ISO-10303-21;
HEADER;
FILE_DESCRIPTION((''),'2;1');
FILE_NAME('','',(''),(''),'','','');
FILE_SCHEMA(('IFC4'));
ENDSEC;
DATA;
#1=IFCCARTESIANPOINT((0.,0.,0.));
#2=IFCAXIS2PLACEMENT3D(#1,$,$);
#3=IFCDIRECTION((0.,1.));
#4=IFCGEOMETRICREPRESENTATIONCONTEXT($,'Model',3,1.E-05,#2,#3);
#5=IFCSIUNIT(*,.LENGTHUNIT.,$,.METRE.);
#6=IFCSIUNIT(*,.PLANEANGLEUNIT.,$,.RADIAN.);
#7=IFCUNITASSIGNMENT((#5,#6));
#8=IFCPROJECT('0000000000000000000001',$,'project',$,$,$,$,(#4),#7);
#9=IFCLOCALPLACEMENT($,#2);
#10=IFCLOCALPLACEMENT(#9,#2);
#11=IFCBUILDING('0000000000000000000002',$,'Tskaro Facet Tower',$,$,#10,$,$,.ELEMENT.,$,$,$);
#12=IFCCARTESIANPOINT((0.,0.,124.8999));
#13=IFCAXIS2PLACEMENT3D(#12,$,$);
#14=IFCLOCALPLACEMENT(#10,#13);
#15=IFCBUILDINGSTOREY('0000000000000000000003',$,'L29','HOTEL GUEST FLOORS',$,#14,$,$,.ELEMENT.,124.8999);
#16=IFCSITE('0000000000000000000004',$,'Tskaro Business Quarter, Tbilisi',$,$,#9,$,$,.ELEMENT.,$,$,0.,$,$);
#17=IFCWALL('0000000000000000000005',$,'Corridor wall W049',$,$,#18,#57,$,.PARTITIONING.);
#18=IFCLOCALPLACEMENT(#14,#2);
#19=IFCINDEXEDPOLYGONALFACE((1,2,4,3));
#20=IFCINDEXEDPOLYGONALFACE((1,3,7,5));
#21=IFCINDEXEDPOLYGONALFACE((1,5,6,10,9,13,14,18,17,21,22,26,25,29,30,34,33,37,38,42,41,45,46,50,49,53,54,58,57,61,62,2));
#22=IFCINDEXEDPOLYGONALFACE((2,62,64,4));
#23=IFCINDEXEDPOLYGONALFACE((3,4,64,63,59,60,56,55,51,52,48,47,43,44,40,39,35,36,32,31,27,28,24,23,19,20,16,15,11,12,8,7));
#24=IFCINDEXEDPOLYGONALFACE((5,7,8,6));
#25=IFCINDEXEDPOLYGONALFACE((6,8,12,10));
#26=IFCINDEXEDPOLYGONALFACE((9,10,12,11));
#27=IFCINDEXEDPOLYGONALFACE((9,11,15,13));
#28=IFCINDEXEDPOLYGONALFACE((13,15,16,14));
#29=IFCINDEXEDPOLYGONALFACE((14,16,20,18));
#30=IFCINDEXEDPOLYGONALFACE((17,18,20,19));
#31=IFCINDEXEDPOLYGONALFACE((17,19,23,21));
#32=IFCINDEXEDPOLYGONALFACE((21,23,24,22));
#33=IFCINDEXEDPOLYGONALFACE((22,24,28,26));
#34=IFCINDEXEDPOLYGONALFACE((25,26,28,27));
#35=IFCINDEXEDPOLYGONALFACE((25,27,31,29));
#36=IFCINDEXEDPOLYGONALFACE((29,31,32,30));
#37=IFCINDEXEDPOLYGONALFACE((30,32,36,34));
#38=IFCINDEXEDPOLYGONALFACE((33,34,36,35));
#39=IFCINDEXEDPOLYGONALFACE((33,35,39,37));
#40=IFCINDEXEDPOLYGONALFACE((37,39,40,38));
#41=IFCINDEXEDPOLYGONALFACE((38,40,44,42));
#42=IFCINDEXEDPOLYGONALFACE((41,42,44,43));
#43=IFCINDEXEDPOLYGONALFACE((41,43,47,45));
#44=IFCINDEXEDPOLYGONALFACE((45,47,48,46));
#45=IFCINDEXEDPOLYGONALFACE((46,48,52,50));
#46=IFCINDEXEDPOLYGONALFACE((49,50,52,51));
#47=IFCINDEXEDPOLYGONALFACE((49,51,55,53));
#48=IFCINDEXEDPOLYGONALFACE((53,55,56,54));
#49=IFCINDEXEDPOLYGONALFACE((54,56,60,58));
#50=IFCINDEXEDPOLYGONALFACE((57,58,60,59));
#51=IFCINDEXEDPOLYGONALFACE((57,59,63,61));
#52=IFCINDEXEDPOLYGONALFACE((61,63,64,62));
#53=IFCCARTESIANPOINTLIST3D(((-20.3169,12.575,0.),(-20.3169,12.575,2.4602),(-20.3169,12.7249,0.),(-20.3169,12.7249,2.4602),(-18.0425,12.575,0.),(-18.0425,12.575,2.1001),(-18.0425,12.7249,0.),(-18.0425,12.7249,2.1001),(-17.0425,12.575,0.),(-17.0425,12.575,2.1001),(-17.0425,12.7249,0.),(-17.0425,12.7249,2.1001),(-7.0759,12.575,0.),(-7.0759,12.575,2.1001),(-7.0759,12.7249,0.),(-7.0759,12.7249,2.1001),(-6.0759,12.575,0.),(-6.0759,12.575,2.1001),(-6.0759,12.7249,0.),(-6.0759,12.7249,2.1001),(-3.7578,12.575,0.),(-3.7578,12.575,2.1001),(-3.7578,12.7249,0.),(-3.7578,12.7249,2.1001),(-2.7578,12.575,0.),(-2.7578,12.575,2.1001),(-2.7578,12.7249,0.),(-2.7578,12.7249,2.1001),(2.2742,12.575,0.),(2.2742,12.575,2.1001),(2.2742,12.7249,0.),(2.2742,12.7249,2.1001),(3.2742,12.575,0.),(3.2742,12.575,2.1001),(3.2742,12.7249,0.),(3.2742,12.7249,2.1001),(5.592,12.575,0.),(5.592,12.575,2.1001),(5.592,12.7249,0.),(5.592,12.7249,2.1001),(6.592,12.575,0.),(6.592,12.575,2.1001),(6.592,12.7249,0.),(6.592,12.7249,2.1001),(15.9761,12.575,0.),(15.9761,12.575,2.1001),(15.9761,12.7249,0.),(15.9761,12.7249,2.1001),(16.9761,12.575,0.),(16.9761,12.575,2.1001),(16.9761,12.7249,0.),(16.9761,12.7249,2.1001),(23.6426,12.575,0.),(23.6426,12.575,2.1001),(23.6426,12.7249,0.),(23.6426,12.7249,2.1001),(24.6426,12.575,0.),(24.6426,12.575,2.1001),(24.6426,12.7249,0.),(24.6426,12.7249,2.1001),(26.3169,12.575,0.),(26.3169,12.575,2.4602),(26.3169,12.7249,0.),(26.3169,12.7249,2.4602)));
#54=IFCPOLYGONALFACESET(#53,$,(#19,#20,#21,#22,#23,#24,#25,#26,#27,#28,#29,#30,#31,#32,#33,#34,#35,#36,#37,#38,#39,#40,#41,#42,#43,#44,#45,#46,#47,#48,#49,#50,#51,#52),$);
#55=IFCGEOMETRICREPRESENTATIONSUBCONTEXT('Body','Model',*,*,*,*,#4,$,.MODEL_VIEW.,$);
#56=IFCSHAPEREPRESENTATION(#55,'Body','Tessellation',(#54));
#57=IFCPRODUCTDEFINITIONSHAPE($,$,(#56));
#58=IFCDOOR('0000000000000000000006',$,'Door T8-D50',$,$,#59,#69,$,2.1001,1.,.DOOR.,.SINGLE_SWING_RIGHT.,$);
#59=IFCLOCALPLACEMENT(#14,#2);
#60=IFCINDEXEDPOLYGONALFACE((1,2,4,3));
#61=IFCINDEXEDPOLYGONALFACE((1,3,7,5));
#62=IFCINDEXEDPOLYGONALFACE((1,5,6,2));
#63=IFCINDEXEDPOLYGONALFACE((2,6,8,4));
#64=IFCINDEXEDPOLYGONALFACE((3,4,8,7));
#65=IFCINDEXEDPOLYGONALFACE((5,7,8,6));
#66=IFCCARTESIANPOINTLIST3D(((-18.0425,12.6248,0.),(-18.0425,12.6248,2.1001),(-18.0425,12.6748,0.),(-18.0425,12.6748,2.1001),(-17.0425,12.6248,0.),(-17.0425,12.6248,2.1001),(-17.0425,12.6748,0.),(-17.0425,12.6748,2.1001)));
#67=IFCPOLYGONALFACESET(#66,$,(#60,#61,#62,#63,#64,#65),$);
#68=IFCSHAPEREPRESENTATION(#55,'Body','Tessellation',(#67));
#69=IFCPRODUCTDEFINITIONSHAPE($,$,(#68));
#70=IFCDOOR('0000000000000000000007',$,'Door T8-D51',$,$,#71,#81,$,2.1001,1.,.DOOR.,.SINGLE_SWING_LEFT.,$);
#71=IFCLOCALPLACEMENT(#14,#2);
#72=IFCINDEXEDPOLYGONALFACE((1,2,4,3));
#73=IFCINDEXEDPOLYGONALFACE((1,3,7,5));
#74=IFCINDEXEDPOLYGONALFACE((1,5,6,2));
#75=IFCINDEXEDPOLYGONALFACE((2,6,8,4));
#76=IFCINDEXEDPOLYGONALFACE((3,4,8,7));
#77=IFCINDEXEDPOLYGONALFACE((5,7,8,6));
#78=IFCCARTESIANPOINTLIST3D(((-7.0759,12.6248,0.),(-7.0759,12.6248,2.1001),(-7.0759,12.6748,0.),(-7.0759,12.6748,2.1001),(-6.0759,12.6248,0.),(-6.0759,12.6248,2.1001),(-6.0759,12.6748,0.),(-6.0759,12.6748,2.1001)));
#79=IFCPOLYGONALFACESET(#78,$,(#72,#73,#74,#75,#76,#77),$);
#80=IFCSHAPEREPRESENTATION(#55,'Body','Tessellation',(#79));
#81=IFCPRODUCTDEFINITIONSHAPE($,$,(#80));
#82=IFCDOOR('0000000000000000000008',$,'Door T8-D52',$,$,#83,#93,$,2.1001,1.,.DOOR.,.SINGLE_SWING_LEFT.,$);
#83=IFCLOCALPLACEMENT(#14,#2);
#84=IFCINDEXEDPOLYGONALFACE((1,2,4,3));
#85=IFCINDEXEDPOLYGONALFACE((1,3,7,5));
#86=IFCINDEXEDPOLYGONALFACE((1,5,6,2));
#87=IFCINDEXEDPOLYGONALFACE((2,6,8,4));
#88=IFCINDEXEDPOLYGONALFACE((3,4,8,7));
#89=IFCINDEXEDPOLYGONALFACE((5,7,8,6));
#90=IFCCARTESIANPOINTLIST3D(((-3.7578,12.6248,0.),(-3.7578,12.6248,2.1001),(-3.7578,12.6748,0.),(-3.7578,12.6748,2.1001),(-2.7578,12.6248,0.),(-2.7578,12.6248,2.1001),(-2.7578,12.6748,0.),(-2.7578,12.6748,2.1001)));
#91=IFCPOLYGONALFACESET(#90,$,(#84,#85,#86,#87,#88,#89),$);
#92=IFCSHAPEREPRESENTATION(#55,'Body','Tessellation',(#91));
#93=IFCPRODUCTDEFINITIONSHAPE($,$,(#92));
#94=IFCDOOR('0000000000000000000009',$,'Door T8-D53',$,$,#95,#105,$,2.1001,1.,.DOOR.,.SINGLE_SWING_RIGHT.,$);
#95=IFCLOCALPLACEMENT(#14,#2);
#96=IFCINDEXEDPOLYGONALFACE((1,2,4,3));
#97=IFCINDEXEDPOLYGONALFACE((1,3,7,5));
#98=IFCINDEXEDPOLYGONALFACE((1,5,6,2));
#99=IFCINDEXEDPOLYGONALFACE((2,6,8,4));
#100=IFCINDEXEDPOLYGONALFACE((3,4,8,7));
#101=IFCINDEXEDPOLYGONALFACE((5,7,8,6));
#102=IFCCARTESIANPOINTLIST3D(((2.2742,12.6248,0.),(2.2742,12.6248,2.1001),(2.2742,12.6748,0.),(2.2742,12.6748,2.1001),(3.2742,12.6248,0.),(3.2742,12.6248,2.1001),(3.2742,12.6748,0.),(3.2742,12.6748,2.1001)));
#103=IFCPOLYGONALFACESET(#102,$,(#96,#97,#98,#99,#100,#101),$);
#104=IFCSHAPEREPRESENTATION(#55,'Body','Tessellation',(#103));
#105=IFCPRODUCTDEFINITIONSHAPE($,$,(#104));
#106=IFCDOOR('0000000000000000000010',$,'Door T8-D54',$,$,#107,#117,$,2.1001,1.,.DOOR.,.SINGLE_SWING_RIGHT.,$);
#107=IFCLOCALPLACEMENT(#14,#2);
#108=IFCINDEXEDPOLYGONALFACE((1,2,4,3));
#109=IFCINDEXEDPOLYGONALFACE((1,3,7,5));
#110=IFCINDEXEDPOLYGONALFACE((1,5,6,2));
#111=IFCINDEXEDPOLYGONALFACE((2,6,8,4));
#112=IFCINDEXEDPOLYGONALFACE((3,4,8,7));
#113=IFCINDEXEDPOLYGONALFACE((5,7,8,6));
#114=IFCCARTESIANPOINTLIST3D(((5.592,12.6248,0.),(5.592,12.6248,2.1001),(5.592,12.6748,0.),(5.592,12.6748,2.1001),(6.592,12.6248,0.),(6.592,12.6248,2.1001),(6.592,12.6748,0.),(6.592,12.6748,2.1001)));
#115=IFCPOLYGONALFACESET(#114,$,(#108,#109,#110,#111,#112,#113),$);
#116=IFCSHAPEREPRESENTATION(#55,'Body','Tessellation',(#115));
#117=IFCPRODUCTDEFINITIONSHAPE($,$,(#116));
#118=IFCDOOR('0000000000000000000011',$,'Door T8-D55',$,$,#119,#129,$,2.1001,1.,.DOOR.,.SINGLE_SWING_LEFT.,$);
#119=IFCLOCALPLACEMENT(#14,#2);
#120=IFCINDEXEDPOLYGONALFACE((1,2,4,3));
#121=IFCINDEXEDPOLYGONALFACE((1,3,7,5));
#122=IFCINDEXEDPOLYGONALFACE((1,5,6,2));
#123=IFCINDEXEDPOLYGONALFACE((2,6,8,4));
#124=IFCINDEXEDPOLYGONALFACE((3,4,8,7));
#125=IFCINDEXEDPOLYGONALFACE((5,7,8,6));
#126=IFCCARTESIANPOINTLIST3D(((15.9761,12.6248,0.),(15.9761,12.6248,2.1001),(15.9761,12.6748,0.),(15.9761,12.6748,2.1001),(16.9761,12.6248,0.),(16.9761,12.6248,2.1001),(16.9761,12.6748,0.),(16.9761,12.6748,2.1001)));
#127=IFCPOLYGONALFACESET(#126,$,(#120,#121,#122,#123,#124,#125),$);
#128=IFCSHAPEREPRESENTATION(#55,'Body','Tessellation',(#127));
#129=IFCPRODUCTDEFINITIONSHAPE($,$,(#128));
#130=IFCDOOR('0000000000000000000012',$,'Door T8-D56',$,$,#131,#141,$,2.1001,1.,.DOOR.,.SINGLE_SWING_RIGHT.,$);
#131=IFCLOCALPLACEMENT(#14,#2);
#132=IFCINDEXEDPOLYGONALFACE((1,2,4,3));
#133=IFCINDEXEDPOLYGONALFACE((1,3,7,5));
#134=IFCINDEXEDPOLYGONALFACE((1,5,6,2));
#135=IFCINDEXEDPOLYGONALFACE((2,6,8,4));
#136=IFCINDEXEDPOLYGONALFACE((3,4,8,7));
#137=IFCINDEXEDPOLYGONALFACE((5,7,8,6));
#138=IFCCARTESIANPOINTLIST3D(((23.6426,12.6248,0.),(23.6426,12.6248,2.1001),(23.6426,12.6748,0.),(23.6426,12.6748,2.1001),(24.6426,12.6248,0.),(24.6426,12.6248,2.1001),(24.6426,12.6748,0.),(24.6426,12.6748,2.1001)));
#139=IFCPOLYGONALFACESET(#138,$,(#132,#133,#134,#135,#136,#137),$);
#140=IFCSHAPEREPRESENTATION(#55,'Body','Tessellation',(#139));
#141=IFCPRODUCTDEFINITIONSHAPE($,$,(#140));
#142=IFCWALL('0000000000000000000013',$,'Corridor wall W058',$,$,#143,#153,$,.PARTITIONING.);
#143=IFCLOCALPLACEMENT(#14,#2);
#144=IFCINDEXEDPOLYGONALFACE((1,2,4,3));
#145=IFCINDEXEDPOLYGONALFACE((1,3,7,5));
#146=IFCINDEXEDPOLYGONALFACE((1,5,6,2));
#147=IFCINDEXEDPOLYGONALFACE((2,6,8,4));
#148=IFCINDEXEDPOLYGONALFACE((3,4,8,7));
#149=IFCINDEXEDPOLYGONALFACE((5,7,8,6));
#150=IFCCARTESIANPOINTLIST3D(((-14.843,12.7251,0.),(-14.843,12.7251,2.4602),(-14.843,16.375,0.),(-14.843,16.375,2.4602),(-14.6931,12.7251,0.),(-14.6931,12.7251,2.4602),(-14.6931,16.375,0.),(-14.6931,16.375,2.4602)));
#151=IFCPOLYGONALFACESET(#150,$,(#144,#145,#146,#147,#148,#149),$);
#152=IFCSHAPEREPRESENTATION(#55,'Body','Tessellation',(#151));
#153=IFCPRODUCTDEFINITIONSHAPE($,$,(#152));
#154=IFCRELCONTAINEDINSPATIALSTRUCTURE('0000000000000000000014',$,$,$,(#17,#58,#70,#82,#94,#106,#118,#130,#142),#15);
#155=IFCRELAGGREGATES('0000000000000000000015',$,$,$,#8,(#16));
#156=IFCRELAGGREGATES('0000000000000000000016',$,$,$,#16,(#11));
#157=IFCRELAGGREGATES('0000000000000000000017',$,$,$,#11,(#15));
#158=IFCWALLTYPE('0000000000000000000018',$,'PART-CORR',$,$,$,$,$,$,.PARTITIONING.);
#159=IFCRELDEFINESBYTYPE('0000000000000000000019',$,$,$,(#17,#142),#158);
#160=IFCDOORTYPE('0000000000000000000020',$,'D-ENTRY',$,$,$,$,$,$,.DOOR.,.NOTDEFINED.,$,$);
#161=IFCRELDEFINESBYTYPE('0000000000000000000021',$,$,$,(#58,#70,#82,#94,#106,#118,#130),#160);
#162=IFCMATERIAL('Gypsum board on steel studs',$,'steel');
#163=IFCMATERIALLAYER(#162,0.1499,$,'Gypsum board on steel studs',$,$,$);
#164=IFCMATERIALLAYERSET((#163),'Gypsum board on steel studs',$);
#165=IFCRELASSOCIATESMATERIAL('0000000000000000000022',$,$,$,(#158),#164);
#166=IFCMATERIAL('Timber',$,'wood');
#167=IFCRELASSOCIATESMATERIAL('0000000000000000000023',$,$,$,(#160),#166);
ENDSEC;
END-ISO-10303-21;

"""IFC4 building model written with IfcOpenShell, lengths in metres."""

from ifc_helpers import new_model, si_unit, direction, frame, frame_2d, origin, place, context, subcontext, project, spatial, rectangle, extrude, material, layer, layer_set, type_object, element, fill, save


model = new_model("IFC4")

# Units and contexts
model_context = context("Model", 3, precision=1e-05, world=origin(), true_north=direction((0.0, 1.0)))
body_context = subcontext(model_context, "Body", "Model", "MODEL_VIEW")
ifc_project = project(units=[si_unit("LENGTHUNIT", "METRE"), si_unit("PLANEANGLEUNIT", "RADIAN")], contexts=[model_context])

# Site, building, storey
site_placement = place(None, origin())
site = spatial("IfcSite", under=ifc_project, at=site_placement, Name="Tskaro Business Quarter, Tbilisi", CompositionType="ELEMENT", RefElevation=0.0)
building_placement = place(site_placement, origin())
building = spatial("IfcBuilding", under=site, at=building_placement, Name="Tskaro Facet Tower", CompositionType="ELEMENT")
storey_placement = place(building_placement, frame((0.0, 0.0, 124.8999)))
storey = spatial("IfcBuildingStorey", under=building, at=storey_placement, Name="L29", Description="HOTEL GUEST FLOORS", CompositionType="ELEMENT", Elevation=124.8999)

# Shared definitions
ifc_material_1 = material(Name="Gypsum board on steel studs", Category="steel")
ifc_layer_1 = layer(ifc_material_1, 0.1499, Name="Gypsum board on steel studs")
ifc_layer_set_1 = layer_set([ifc_layer_1], Name="Gypsum board on steel studs")
wall_type = type_object("IfcWallType", Name="PART-CORR", PredefinedType="PARTITIONING", material=ifc_layer_set_1)
ifc_material_2 = material(Name="Timber", Category="wood")

# Wall, openings, doors
wall_1_placement = place(storey_placement, frame((-20.3169, 12.6499, 0.0), z_axis=(0.0, 0.0, 1.0), x_axis=(1.0, 0.0, 0.0)))
wall_1 = element("IfcWall", 1, at=wall_1_placement, inside=storey, type_object=wall_type, Name="Corridor wall W049", PredefinedType="PARTITIONING", context=body_context, shape_type="SweptSolid", body=[
    extrude(rectangle(XDim=46.6338, YDim=0.1499, at=frame_2d((23.3169, 0.0))), origin(), (0.0, 0.0, 1.0), 2.4602),
])
opening_1_placement = place(wall_1_placement, frame((2.2744, 0.0, 0.0)))
opening_1 = element("IfcOpeningElement", 2, at=opening_1_placement, cuts=wall_1, PredefinedType="OPENING", context=body_context, shape_type="SweptSolid", body=[
    extrude(rectangle(XDim=1.0, YDim=2.1001, at=frame_2d((0.5, 1.05))), frame((0.0, 0.085, 0.0), z_axis=(0.0, -1.0, 0.0), x_axis=(1.0, 0.0, 0.0)), (0.0, 0.0, 1.0), 0.1699),
])
opening_2_placement = place(wall_1_placement, frame((13.241, 0.0, 0.0)))
opening_2 = element("IfcOpeningElement", 3, at=opening_2_placement, cuts=wall_1, PredefinedType="OPENING", context=body_context, shape_type="SweptSolid", body=[
    extrude(rectangle(XDim=1.0, YDim=2.1001, at=frame_2d((0.5, 1.05))), frame((0.0, 0.085, 0.0), z_axis=(0.0, -1.0, 0.0), x_axis=(1.0, 0.0, 0.0)), (0.0, 0.0, 1.0), 0.1699),
])
opening_3_placement = place(wall_1_placement, frame((16.5591, 0.0, 0.0)))
opening_3 = element("IfcOpeningElement", 4, at=opening_3_placement, cuts=wall_1, PredefinedType="OPENING", context=body_context, shape_type="SweptSolid", body=[
    extrude(rectangle(XDim=1.0, YDim=2.1001, at=frame_2d((0.5, 1.05))), frame((0.0, 0.085, 0.0), z_axis=(0.0, -1.0, 0.0), x_axis=(1.0, 0.0, 0.0)), (0.0, 0.0, 1.0), 0.1699),
])
opening_4_placement = place(wall_1_placement, frame((22.5911, 0.0, 0.0)))
opening_4 = element("IfcOpeningElement", 5, at=opening_4_placement, cuts=wall_1, PredefinedType="OPENING", context=body_context, shape_type="SweptSolid", body=[
    extrude(rectangle(XDim=1.0, YDim=2.1001, at=frame_2d((0.5, 1.05))), frame((0.0, 0.085, 0.0), z_axis=(0.0, -1.0, 0.0), x_axis=(1.0, 0.0, 0.0)), (0.0, 0.0, 1.0), 0.1699),
])
opening_5_placement = place(wall_1_placement, frame((25.9089, 0.0, 0.0)))
opening_5 = element("IfcOpeningElement", 6, at=opening_5_placement, cuts=wall_1, PredefinedType="OPENING", context=body_context, shape_type="SweptSolid", body=[
    extrude(rectangle(XDim=1.0, YDim=2.1001, at=frame_2d((0.5, 1.05))), frame((0.0, 0.085, 0.0), z_axis=(0.0, -1.0, 0.0), x_axis=(1.0, 0.0, 0.0)), (0.0, 0.0, 1.0), 0.1699),
])
opening_6_placement = place(wall_1_placement, frame((36.293, 0.0, 0.0)))
opening_6 = element("IfcOpeningElement", 7, at=opening_6_placement, cuts=wall_1, PredefinedType="OPENING", context=body_context, shape_type="SweptSolid", body=[
    extrude(rectangle(XDim=1.0, YDim=2.1001, at=frame_2d((0.5, 1.05))), frame((0.0, 0.085, 0.0), z_axis=(0.0, -1.0, 0.0), x_axis=(1.0, 0.0, 0.0)), (0.0, 0.0, 1.0), 0.1699),
])
opening_7_placement = place(wall_1_placement, frame((43.9595, 0.0, 0.0)))
opening_7 = element("IfcOpeningElement", 8, at=opening_7_placement, cuts=wall_1, PredefinedType="OPENING", context=body_context, shape_type="SweptSolid", body=[
    extrude(rectangle(XDim=1.0, YDim=2.1001, at=frame_2d((0.5, 1.05))), frame((0.0, 0.085, 0.0), z_axis=(0.0, -1.0, 0.0), x_axis=(1.0, 0.0, 0.0)), (0.0, 0.0, 1.0), 0.1699),
])
door_type_1 = type_object("IfcDoorType", Name="D-ENTRY", OperationType="NOTDEFINED", PredefinedType="DOOR", material=ifc_material_2)
door_1_placement = place(opening_1_placement, origin())
door_1 = element("IfcDoor", 9, at=door_1_placement, inside=storey, type_object=door_type_1, Name="Door T8-D50", OperationType="SINGLE_SWING_RIGHT", OverallHeight=2.1001, OverallWidth=1.0, PredefinedType="DOOR", context=body_context, shape_type="SweptSolid", body=[
    extrude(rectangle(XDim=1.0, YDim=2.1001, at=frame_2d((0.5, 1.05))), frame((0.0, 0.0249, 0.0), z_axis=(0.0, -1.0, 0.0), x_axis=(1.0, 0.0, 0.0)), (0.0, 0.0, 1.0), 0.05),
])
fill(opening_1, door_1)
door_2_placement = place(opening_2_placement, origin())
door_2 = element("IfcDoor", 10, at=door_2_placement, inside=storey, type_object=door_type_1, Name="Door T8-D51", OperationType="SINGLE_SWING_LEFT", OverallHeight=2.1001, OverallWidth=1.0, PredefinedType="DOOR", context=body_context, shape_type="SweptSolid", body=[
    extrude(rectangle(XDim=1.0, YDim=2.1001, at=frame_2d((0.5, 1.05))), frame((0.0, 0.0249, 0.0), z_axis=(0.0, -1.0, 0.0), x_axis=(1.0, 0.0, 0.0)), (0.0, 0.0, 1.0), 0.05),
])
fill(opening_2, door_2)
door_3_placement = place(opening_3_placement, origin())
door_3 = element("IfcDoor", 11, at=door_3_placement, inside=storey, type_object=door_type_1, Name="Door T8-D52", OperationType="SINGLE_SWING_LEFT", OverallHeight=2.1001, OverallWidth=1.0, PredefinedType="DOOR", context=body_context, shape_type="SweptSolid", body=[
    extrude(rectangle(XDim=1.0, YDim=2.1001, at=frame_2d((0.5, 1.05))), frame((0.0, 0.0249, 0.0), z_axis=(0.0, -1.0, 0.0), x_axis=(1.0, 0.0, 0.0)), (0.0, 0.0, 1.0), 0.05),
])
fill(opening_3, door_3)
door_4_placement = place(opening_4_placement, origin())
door_4 = element("IfcDoor", 12, at=door_4_placement, inside=storey, type_object=door_type_1, Name="Door T8-D53", OperationType="SINGLE_SWING_RIGHT", OverallHeight=2.1001, OverallWidth=1.0, PredefinedType="DOOR", context=body_context, shape_type="SweptSolid", body=[
    extrude(rectangle(XDim=1.0, YDim=2.1001, at=frame_2d((0.5, 1.05))), frame((0.0, 0.0249, 0.0), z_axis=(0.0, -1.0, 0.0), x_axis=(1.0, 0.0, 0.0)), (0.0, 0.0, 1.0), 0.05),
])
fill(opening_4, door_4)
door_5_placement = place(opening_5_placement, origin())
door_5 = element("IfcDoor", 13, at=door_5_placement, inside=storey, type_object=door_type_1, Name="Door T8-D54", OperationType="SINGLE_SWING_RIGHT", OverallHeight=2.1001, OverallWidth=1.0, PredefinedType="DOOR", context=body_context, shape_type="SweptSolid", body=[
    extrude(rectangle(XDim=1.0, YDim=2.1001, at=frame_2d((0.5, 1.05))), frame((0.0, 0.0249, 0.0), z_axis=(0.0, -1.0, 0.0), x_axis=(1.0, 0.0, 0.0)), (0.0, 0.0, 1.0), 0.05),
])
fill(opening_5, door_5)
door_6_placement = place(opening_6_placement, origin())
door_6 = element("IfcDoor", 14, at=door_6_placement, inside=storey, type_object=door_type_1, Name="Door T8-D55", OperationType="SINGLE_SWING_LEFT", OverallHeight=2.1001, OverallWidth=1.0, PredefinedType="DOOR", context=body_context, shape_type="SweptSolid", body=[
    extrude(rectangle(XDim=1.0, YDim=2.1001, at=frame_2d((0.5, 1.05))), frame((0.0, 0.0249, 0.0), z_axis=(0.0, -1.0, 0.0), x_axis=(1.0, 0.0, 0.0)), (0.0, 0.0, 1.0), 0.05),
])
fill(opening_6, door_6)
door_7_placement = place(opening_7_placement, origin())
door_7 = element("IfcDoor", 15, at=door_7_placement, inside=storey, type_object=door_type_1, Name="Door T8-D56", OperationType="SINGLE_SWING_RIGHT", OverallHeight=2.1001, OverallWidth=1.0, PredefinedType="DOOR", context=body_context, shape_type="SweptSolid", body=[
    extrude(rectangle(XDim=1.0, YDim=2.1001, at=frame_2d((0.5, 1.05))), frame((0.0, 0.0249, 0.0), z_axis=(0.0, -1.0, 0.0), x_axis=(1.0, 0.0, 0.0)), (0.0, 0.0, 1.0), 0.05),
])
fill(opening_7, door_7)

# Wall
wall_2_placement = place(storey_placement, frame((-14.7681, 12.7251, 0.0), z_axis=(0.0, 0.0, 1.0), x_axis=(0.0, 1.0, 0.0)))
element("IfcWall", 16, at=wall_2_placement, inside=storey, type_object=wall_type, Name="Corridor wall W058", PredefinedType="PARTITIONING", context=body_context, shape_type="SweptSolid", body=[
    extrude(rectangle(XDim=3.6499, YDim=0.1499, at=frame_2d((1.825, 0.0))), origin(), (0.0, 0.0, 1.0), 2.4602),
])

save(model, "model.ifc")
